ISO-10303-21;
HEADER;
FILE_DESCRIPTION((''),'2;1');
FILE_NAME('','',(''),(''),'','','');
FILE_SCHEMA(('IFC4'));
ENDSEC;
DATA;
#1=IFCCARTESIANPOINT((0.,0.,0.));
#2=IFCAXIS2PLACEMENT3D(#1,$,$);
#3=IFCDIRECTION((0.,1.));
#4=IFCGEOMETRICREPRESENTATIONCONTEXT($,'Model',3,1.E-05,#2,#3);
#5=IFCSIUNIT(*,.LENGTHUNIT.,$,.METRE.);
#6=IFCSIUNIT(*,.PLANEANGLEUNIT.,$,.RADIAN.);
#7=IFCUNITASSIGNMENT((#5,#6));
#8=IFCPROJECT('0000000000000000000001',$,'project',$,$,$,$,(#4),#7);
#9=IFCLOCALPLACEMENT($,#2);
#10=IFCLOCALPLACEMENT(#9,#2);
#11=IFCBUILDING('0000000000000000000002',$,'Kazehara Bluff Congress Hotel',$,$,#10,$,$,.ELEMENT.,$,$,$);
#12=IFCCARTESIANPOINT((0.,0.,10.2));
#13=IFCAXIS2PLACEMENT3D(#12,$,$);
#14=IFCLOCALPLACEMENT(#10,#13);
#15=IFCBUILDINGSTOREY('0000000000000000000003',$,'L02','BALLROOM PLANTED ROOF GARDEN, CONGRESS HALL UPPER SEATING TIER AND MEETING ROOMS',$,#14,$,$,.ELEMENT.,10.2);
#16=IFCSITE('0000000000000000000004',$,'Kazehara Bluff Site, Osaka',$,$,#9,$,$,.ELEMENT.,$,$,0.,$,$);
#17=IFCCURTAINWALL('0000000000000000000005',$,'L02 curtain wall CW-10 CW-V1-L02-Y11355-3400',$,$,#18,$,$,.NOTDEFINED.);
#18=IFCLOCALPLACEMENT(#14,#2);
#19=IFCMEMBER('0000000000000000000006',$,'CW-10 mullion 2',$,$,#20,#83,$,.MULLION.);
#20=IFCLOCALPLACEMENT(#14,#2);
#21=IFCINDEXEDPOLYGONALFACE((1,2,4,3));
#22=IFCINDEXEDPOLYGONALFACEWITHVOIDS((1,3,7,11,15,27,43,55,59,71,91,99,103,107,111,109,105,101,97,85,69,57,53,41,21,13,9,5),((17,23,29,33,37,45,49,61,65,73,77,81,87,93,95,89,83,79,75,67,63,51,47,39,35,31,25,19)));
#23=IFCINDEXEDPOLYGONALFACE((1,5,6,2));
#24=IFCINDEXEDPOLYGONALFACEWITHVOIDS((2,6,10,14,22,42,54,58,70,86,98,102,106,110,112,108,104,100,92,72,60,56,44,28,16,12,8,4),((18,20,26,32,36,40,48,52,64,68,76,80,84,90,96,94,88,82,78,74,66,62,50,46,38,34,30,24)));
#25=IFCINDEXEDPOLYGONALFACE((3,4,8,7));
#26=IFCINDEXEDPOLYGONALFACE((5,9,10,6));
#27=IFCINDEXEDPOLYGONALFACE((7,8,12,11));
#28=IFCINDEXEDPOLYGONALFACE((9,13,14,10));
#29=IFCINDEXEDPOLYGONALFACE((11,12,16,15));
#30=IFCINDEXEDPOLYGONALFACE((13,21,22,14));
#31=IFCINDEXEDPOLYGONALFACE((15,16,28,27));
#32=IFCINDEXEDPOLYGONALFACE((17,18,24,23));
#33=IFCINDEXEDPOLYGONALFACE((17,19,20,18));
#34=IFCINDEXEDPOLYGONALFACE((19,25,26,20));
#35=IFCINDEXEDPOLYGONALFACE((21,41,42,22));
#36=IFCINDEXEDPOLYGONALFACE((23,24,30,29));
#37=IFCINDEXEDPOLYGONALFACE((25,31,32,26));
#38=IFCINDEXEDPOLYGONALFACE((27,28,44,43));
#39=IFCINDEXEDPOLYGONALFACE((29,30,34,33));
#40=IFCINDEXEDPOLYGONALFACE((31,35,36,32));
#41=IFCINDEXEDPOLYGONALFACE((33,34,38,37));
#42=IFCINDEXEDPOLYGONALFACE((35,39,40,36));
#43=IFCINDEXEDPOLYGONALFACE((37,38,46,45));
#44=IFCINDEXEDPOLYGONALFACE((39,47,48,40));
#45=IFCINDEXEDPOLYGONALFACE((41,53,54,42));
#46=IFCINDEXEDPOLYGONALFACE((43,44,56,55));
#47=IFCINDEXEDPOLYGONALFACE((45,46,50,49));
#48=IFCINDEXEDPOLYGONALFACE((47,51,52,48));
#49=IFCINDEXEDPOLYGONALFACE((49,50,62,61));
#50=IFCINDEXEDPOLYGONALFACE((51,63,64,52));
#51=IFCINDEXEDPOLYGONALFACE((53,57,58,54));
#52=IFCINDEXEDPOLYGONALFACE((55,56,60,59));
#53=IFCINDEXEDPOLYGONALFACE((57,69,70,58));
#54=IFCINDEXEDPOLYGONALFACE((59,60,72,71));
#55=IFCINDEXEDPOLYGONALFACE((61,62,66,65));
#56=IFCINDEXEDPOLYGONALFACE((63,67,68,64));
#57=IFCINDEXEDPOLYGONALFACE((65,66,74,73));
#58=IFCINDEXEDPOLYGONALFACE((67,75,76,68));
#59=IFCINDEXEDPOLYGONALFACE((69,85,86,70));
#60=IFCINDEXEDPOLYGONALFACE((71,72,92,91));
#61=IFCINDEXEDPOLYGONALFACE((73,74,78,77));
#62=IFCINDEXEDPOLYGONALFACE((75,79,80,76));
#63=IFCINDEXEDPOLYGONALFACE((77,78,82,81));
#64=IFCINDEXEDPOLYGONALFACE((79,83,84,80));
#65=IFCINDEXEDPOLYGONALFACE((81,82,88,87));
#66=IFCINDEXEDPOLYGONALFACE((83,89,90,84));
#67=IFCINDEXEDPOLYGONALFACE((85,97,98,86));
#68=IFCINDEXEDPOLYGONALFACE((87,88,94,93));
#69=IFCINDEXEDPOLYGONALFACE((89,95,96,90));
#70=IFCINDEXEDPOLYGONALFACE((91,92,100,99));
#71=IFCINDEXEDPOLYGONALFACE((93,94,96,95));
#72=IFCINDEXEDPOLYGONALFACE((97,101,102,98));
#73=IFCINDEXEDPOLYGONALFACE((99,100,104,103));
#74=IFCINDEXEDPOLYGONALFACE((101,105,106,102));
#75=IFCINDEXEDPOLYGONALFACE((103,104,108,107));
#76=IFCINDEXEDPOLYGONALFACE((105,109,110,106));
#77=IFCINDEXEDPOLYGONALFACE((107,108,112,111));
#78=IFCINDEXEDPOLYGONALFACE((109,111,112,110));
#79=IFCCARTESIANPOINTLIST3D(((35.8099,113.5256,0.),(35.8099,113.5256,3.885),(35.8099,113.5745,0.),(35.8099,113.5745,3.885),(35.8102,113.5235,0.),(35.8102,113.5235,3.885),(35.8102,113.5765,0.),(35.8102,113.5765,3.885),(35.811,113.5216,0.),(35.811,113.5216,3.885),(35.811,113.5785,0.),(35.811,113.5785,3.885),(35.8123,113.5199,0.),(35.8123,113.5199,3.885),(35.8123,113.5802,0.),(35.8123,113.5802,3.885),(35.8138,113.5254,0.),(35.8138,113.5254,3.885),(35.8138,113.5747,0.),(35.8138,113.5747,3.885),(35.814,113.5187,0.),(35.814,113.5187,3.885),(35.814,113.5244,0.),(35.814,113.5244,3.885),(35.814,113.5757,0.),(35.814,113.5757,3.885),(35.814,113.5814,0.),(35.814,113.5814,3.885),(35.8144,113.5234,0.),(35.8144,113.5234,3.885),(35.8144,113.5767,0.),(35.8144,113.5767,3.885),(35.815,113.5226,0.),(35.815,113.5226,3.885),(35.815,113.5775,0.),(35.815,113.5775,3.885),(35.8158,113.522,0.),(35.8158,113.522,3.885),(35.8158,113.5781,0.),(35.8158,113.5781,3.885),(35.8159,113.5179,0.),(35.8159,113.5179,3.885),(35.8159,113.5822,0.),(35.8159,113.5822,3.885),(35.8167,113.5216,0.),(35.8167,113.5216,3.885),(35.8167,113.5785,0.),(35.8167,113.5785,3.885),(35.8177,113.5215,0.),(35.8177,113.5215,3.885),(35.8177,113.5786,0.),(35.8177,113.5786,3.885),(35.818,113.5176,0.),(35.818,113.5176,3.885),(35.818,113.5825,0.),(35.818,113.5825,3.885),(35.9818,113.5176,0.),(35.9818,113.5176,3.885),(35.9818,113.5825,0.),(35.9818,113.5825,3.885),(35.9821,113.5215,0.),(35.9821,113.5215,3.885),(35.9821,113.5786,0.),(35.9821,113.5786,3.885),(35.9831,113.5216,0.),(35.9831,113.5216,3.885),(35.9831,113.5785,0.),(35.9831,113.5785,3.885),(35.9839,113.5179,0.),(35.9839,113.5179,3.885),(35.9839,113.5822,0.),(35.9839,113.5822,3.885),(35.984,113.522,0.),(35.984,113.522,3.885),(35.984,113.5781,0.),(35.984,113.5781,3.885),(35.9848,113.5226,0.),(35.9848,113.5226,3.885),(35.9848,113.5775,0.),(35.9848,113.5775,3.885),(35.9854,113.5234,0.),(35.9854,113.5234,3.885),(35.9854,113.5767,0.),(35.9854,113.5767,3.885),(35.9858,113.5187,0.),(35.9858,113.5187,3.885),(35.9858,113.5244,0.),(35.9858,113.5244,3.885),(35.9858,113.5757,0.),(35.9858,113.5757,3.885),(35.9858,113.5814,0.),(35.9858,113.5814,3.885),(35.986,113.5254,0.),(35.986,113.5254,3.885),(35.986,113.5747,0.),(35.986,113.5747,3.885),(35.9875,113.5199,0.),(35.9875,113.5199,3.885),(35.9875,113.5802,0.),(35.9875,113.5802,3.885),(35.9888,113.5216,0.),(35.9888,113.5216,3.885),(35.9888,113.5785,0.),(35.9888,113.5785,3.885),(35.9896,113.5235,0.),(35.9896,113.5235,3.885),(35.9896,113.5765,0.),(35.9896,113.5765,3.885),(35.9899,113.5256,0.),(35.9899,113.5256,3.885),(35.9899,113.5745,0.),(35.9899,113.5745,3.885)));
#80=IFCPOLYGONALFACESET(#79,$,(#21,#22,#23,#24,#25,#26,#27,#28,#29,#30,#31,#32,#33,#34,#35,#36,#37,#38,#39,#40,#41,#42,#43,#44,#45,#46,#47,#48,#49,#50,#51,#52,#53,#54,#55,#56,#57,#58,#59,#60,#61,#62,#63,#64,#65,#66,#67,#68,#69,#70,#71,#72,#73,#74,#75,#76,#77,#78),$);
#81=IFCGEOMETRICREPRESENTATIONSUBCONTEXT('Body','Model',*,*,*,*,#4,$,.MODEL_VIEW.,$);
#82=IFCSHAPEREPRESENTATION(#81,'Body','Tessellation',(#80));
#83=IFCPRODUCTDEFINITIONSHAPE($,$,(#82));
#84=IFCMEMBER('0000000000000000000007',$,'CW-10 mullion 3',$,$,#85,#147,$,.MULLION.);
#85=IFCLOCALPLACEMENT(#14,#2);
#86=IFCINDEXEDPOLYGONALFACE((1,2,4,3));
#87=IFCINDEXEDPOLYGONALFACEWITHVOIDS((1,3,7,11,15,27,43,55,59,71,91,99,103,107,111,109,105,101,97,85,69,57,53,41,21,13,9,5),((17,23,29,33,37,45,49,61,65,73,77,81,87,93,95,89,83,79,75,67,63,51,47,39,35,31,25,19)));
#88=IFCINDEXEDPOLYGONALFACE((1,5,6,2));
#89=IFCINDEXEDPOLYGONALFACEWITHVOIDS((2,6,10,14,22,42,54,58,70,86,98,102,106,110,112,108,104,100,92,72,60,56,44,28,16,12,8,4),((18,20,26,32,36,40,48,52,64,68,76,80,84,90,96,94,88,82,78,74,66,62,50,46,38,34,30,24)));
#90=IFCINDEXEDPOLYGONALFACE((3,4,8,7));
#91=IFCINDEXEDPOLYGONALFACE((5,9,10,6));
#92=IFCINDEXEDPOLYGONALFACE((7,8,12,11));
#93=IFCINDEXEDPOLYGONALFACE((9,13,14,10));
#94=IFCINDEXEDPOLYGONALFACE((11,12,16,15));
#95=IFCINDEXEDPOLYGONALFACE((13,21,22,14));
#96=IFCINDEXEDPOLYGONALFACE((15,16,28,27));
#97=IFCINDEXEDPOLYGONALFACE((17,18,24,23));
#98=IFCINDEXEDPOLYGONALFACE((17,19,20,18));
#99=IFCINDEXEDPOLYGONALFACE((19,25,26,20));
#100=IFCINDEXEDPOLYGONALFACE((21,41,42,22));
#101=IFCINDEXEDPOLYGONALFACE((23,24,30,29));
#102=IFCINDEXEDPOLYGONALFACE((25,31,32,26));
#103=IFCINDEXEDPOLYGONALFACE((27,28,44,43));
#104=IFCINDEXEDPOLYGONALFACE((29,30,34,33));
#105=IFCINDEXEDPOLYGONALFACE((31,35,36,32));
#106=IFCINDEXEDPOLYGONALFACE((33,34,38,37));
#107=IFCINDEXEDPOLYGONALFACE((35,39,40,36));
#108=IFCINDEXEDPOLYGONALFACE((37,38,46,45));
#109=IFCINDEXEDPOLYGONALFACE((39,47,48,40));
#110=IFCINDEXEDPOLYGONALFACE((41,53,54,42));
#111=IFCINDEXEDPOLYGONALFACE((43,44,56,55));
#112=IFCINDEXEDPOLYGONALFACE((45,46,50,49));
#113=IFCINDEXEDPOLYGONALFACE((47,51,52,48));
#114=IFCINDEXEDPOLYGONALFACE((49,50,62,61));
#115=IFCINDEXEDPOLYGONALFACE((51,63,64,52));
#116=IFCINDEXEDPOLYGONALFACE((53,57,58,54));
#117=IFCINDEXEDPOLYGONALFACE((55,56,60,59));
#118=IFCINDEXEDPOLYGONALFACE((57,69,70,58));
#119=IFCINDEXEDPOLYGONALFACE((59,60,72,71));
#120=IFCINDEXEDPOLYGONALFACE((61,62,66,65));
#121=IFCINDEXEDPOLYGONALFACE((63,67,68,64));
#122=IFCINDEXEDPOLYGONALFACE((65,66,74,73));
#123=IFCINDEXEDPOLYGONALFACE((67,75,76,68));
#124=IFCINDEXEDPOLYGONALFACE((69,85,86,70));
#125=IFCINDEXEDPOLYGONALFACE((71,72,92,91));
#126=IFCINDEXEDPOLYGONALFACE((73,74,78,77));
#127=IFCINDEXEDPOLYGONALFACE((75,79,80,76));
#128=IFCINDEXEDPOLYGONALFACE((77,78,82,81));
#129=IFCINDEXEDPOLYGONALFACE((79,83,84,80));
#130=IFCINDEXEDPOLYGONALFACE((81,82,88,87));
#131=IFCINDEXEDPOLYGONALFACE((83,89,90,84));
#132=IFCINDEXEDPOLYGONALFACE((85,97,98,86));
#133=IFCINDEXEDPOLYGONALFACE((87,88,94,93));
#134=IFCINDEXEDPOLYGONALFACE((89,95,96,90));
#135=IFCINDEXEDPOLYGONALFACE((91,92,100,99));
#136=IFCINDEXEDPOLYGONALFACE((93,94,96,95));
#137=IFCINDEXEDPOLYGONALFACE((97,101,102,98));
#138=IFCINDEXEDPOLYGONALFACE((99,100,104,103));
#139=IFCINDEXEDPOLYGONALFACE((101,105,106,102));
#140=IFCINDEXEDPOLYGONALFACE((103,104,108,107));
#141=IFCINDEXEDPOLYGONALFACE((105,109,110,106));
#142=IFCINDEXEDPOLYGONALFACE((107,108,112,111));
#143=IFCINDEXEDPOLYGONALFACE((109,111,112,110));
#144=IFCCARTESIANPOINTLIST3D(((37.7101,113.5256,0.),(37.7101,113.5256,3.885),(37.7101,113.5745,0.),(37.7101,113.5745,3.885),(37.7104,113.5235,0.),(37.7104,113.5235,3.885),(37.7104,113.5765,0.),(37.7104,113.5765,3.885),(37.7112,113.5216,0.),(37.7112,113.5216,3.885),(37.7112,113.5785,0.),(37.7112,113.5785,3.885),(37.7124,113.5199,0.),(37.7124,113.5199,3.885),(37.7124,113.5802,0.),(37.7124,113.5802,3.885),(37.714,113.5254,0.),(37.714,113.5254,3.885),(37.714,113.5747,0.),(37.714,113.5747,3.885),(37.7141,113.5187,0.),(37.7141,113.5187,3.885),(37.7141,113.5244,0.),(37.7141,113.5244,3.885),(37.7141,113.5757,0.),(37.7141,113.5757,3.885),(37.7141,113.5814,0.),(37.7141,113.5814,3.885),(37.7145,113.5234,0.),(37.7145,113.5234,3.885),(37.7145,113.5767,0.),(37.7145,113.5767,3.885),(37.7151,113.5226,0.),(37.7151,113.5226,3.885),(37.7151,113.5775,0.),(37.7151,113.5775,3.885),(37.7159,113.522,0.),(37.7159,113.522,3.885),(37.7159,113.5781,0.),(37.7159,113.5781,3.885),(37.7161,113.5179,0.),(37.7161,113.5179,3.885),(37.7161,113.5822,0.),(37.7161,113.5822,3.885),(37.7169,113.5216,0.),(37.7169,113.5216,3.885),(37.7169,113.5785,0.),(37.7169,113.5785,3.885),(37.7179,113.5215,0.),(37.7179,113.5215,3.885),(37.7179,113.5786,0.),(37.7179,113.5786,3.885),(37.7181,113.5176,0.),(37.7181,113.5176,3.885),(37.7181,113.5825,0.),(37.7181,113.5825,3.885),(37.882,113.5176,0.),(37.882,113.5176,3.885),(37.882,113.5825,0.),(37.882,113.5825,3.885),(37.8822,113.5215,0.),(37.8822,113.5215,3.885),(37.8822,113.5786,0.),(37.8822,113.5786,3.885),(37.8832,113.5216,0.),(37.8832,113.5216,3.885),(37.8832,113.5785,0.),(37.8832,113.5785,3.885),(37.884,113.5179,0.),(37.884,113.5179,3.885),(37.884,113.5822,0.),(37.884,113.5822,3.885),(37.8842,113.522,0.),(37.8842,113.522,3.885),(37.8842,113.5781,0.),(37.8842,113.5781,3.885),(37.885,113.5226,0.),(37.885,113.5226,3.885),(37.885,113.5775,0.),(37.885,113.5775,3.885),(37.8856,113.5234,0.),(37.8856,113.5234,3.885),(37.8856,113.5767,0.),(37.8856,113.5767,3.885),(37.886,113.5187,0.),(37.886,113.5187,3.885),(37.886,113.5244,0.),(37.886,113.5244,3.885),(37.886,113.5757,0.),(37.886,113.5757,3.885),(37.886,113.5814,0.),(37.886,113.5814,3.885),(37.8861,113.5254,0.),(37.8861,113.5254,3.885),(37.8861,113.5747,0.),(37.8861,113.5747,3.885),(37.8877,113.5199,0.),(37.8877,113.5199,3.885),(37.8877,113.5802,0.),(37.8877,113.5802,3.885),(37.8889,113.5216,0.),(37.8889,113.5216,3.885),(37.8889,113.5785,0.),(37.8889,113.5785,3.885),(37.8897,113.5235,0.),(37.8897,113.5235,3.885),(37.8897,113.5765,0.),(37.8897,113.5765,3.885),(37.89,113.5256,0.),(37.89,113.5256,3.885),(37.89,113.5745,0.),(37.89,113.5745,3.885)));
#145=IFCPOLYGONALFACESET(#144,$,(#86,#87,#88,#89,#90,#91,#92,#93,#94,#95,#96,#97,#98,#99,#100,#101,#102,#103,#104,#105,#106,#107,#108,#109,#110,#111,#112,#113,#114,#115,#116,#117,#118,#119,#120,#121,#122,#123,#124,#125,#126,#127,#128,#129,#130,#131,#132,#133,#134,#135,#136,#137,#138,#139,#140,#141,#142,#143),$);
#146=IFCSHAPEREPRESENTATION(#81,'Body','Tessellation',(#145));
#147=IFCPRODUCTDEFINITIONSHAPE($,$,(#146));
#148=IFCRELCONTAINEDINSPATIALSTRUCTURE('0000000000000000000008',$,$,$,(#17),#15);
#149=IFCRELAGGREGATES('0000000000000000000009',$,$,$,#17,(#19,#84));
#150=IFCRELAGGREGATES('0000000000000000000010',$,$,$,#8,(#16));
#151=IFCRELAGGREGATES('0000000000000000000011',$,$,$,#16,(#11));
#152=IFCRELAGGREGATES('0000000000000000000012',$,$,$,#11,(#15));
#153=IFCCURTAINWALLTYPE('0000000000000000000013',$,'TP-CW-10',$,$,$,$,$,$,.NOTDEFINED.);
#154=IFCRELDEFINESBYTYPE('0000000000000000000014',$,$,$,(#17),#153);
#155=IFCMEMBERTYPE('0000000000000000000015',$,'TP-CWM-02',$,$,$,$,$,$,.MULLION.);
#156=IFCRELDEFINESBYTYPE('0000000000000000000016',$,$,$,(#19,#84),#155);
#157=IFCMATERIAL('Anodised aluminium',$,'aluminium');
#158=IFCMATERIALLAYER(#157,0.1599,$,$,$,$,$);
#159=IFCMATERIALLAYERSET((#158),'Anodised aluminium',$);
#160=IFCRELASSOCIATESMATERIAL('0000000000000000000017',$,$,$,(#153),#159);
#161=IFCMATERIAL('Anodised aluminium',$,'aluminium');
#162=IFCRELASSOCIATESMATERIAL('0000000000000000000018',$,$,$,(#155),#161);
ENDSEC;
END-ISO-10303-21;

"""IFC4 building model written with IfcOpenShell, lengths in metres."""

from ifc_helpers import new_model, si_unit, direction, frame, origin, origin_2d, place, context, subcontext, project, spatial, hollow_rectangle, extrude, material, layer, layer_set, material_profile, profile_set, type_object, element, aggregate, save


model = new_model("IFC4")

# Units and contexts
model_context = context("Model", 3, precision=1e-05, world=origin(), true_north=direction((0.0, 1.0)))
body_context = subcontext(model_context, "Body", "Model", "MODEL_VIEW")
ifc_project = project(units=[si_unit("LENGTHUNIT", "METRE"), si_unit("PLANEANGLEUNIT", "RADIAN")], contexts=[model_context])

# Site, building, storey
site_placement = place(None, origin())
site = spatial("IfcSite", under=ifc_project, at=site_placement, Name="Kazehara Bluff Site, Osaka", CompositionType="ELEMENT", RefElevation=0.0)
building_placement = place(site_placement, origin())
building = spatial("IfcBuilding", under=site, at=building_placement, Name="Kazehara Bluff Congress Hotel", CompositionType="ELEMENT")
storey_placement = place(building_placement, frame((0.0, 0.0, 10.2)))
storey = spatial("IfcBuildingStorey", under=building, at=storey_placement, Name="L02", Description="BALLROOM PLANTED ROOF GARDEN, CONGRESS HALL UPPER SEATING TIER AND MEETING ROOMS", CompositionType="ELEMENT", Elevation=10.2)

# Curtain wall, members
ifc_material_1 = material(Name="Anodised aluminium", Category="aluminium")
ifc_layer_1 = layer(ifc_material_1, 0.1599)
ifc_layer_set_1 = layer_set([ifc_layer_1], Name="Anodised aluminium")
curtain_wall_type = type_object("IfcCurtainWallType", Name="TP-CW-10", PredefinedType="NOTDEFINED", material=ifc_layer_set_1)
curtain_wall_placement = place(storey_placement, origin())
curtain_wall = element("IfcCurtainWall", 1, at=curtain_wall_placement, inside=storey, type_object=curtain_wall_type, Name="L02 curtain wall CW-10 CW-V1-L02-Y11355-3400", PredefinedType="NOTDEFINED")
ifc_material_2 = material(Name="Anodised aluminium", Category="aluminium")
ifc_material_profile_1 = material_profile(ifc_material_2, hollow_rectangle(XDim=0.0649, YDim=0.1799, WallThickness=0.0039, InnerFilletRadius=0.0039, OuterFilletRadius=0.0081, at=origin_2d()))
ifc_profile_set_1 = profile_set([ifc_material_profile_1], Name="Anodised aluminium")
member_type_1 = type_object("IfcMemberType", Name="TP-CWM-02", PredefinedType="MULLION", material=ifc_profile_set_1)
member_1_placement = place(storey_placement, frame((35.8999, 113.55, 0.0), z_axis=(0.0, 0.0, 1.0), x_axis=(0.0, 1.0, 0.0)))
member_1 = element("IfcMember", 2, at=member_1_placement, type_object=member_type_1, Name="CW-10 mullion 2", PredefinedType="MULLION", context=body_context, shape_type="SweptSolid", body=[
    extrude(hollow_rectangle(XDim=0.0649, YDim=0.1799, WallThickness=0.0039, InnerFilletRadius=0.0039, OuterFilletRadius=0.0081, at=origin_2d()), origin(), (0.0, 0.0, 1.0), 3.885),
])
member_2_placement = place(storey_placement, frame((37.8, 113.55, 0.0), z_axis=(0.0, 0.0, 1.0), x_axis=(0.0, 1.0, 0.0)))
member_2 = element("IfcMember", 3, at=member_2_placement, type_object=member_type_1, Name="CW-10 mullion 3", PredefinedType="MULLION", context=body_context, shape_type="SweptSolid", body=[
    extrude(hollow_rectangle(XDim=0.0649, YDim=0.1799, WallThickness=0.0039, InnerFilletRadius=0.0039, OuterFilletRadius=0.0081, at=origin_2d()), origin(), (0.0, 0.0, 1.0), 3.885),
])
aggregate(curtain_wall, [member_1, member_2])

save(model, "model.ifc")
